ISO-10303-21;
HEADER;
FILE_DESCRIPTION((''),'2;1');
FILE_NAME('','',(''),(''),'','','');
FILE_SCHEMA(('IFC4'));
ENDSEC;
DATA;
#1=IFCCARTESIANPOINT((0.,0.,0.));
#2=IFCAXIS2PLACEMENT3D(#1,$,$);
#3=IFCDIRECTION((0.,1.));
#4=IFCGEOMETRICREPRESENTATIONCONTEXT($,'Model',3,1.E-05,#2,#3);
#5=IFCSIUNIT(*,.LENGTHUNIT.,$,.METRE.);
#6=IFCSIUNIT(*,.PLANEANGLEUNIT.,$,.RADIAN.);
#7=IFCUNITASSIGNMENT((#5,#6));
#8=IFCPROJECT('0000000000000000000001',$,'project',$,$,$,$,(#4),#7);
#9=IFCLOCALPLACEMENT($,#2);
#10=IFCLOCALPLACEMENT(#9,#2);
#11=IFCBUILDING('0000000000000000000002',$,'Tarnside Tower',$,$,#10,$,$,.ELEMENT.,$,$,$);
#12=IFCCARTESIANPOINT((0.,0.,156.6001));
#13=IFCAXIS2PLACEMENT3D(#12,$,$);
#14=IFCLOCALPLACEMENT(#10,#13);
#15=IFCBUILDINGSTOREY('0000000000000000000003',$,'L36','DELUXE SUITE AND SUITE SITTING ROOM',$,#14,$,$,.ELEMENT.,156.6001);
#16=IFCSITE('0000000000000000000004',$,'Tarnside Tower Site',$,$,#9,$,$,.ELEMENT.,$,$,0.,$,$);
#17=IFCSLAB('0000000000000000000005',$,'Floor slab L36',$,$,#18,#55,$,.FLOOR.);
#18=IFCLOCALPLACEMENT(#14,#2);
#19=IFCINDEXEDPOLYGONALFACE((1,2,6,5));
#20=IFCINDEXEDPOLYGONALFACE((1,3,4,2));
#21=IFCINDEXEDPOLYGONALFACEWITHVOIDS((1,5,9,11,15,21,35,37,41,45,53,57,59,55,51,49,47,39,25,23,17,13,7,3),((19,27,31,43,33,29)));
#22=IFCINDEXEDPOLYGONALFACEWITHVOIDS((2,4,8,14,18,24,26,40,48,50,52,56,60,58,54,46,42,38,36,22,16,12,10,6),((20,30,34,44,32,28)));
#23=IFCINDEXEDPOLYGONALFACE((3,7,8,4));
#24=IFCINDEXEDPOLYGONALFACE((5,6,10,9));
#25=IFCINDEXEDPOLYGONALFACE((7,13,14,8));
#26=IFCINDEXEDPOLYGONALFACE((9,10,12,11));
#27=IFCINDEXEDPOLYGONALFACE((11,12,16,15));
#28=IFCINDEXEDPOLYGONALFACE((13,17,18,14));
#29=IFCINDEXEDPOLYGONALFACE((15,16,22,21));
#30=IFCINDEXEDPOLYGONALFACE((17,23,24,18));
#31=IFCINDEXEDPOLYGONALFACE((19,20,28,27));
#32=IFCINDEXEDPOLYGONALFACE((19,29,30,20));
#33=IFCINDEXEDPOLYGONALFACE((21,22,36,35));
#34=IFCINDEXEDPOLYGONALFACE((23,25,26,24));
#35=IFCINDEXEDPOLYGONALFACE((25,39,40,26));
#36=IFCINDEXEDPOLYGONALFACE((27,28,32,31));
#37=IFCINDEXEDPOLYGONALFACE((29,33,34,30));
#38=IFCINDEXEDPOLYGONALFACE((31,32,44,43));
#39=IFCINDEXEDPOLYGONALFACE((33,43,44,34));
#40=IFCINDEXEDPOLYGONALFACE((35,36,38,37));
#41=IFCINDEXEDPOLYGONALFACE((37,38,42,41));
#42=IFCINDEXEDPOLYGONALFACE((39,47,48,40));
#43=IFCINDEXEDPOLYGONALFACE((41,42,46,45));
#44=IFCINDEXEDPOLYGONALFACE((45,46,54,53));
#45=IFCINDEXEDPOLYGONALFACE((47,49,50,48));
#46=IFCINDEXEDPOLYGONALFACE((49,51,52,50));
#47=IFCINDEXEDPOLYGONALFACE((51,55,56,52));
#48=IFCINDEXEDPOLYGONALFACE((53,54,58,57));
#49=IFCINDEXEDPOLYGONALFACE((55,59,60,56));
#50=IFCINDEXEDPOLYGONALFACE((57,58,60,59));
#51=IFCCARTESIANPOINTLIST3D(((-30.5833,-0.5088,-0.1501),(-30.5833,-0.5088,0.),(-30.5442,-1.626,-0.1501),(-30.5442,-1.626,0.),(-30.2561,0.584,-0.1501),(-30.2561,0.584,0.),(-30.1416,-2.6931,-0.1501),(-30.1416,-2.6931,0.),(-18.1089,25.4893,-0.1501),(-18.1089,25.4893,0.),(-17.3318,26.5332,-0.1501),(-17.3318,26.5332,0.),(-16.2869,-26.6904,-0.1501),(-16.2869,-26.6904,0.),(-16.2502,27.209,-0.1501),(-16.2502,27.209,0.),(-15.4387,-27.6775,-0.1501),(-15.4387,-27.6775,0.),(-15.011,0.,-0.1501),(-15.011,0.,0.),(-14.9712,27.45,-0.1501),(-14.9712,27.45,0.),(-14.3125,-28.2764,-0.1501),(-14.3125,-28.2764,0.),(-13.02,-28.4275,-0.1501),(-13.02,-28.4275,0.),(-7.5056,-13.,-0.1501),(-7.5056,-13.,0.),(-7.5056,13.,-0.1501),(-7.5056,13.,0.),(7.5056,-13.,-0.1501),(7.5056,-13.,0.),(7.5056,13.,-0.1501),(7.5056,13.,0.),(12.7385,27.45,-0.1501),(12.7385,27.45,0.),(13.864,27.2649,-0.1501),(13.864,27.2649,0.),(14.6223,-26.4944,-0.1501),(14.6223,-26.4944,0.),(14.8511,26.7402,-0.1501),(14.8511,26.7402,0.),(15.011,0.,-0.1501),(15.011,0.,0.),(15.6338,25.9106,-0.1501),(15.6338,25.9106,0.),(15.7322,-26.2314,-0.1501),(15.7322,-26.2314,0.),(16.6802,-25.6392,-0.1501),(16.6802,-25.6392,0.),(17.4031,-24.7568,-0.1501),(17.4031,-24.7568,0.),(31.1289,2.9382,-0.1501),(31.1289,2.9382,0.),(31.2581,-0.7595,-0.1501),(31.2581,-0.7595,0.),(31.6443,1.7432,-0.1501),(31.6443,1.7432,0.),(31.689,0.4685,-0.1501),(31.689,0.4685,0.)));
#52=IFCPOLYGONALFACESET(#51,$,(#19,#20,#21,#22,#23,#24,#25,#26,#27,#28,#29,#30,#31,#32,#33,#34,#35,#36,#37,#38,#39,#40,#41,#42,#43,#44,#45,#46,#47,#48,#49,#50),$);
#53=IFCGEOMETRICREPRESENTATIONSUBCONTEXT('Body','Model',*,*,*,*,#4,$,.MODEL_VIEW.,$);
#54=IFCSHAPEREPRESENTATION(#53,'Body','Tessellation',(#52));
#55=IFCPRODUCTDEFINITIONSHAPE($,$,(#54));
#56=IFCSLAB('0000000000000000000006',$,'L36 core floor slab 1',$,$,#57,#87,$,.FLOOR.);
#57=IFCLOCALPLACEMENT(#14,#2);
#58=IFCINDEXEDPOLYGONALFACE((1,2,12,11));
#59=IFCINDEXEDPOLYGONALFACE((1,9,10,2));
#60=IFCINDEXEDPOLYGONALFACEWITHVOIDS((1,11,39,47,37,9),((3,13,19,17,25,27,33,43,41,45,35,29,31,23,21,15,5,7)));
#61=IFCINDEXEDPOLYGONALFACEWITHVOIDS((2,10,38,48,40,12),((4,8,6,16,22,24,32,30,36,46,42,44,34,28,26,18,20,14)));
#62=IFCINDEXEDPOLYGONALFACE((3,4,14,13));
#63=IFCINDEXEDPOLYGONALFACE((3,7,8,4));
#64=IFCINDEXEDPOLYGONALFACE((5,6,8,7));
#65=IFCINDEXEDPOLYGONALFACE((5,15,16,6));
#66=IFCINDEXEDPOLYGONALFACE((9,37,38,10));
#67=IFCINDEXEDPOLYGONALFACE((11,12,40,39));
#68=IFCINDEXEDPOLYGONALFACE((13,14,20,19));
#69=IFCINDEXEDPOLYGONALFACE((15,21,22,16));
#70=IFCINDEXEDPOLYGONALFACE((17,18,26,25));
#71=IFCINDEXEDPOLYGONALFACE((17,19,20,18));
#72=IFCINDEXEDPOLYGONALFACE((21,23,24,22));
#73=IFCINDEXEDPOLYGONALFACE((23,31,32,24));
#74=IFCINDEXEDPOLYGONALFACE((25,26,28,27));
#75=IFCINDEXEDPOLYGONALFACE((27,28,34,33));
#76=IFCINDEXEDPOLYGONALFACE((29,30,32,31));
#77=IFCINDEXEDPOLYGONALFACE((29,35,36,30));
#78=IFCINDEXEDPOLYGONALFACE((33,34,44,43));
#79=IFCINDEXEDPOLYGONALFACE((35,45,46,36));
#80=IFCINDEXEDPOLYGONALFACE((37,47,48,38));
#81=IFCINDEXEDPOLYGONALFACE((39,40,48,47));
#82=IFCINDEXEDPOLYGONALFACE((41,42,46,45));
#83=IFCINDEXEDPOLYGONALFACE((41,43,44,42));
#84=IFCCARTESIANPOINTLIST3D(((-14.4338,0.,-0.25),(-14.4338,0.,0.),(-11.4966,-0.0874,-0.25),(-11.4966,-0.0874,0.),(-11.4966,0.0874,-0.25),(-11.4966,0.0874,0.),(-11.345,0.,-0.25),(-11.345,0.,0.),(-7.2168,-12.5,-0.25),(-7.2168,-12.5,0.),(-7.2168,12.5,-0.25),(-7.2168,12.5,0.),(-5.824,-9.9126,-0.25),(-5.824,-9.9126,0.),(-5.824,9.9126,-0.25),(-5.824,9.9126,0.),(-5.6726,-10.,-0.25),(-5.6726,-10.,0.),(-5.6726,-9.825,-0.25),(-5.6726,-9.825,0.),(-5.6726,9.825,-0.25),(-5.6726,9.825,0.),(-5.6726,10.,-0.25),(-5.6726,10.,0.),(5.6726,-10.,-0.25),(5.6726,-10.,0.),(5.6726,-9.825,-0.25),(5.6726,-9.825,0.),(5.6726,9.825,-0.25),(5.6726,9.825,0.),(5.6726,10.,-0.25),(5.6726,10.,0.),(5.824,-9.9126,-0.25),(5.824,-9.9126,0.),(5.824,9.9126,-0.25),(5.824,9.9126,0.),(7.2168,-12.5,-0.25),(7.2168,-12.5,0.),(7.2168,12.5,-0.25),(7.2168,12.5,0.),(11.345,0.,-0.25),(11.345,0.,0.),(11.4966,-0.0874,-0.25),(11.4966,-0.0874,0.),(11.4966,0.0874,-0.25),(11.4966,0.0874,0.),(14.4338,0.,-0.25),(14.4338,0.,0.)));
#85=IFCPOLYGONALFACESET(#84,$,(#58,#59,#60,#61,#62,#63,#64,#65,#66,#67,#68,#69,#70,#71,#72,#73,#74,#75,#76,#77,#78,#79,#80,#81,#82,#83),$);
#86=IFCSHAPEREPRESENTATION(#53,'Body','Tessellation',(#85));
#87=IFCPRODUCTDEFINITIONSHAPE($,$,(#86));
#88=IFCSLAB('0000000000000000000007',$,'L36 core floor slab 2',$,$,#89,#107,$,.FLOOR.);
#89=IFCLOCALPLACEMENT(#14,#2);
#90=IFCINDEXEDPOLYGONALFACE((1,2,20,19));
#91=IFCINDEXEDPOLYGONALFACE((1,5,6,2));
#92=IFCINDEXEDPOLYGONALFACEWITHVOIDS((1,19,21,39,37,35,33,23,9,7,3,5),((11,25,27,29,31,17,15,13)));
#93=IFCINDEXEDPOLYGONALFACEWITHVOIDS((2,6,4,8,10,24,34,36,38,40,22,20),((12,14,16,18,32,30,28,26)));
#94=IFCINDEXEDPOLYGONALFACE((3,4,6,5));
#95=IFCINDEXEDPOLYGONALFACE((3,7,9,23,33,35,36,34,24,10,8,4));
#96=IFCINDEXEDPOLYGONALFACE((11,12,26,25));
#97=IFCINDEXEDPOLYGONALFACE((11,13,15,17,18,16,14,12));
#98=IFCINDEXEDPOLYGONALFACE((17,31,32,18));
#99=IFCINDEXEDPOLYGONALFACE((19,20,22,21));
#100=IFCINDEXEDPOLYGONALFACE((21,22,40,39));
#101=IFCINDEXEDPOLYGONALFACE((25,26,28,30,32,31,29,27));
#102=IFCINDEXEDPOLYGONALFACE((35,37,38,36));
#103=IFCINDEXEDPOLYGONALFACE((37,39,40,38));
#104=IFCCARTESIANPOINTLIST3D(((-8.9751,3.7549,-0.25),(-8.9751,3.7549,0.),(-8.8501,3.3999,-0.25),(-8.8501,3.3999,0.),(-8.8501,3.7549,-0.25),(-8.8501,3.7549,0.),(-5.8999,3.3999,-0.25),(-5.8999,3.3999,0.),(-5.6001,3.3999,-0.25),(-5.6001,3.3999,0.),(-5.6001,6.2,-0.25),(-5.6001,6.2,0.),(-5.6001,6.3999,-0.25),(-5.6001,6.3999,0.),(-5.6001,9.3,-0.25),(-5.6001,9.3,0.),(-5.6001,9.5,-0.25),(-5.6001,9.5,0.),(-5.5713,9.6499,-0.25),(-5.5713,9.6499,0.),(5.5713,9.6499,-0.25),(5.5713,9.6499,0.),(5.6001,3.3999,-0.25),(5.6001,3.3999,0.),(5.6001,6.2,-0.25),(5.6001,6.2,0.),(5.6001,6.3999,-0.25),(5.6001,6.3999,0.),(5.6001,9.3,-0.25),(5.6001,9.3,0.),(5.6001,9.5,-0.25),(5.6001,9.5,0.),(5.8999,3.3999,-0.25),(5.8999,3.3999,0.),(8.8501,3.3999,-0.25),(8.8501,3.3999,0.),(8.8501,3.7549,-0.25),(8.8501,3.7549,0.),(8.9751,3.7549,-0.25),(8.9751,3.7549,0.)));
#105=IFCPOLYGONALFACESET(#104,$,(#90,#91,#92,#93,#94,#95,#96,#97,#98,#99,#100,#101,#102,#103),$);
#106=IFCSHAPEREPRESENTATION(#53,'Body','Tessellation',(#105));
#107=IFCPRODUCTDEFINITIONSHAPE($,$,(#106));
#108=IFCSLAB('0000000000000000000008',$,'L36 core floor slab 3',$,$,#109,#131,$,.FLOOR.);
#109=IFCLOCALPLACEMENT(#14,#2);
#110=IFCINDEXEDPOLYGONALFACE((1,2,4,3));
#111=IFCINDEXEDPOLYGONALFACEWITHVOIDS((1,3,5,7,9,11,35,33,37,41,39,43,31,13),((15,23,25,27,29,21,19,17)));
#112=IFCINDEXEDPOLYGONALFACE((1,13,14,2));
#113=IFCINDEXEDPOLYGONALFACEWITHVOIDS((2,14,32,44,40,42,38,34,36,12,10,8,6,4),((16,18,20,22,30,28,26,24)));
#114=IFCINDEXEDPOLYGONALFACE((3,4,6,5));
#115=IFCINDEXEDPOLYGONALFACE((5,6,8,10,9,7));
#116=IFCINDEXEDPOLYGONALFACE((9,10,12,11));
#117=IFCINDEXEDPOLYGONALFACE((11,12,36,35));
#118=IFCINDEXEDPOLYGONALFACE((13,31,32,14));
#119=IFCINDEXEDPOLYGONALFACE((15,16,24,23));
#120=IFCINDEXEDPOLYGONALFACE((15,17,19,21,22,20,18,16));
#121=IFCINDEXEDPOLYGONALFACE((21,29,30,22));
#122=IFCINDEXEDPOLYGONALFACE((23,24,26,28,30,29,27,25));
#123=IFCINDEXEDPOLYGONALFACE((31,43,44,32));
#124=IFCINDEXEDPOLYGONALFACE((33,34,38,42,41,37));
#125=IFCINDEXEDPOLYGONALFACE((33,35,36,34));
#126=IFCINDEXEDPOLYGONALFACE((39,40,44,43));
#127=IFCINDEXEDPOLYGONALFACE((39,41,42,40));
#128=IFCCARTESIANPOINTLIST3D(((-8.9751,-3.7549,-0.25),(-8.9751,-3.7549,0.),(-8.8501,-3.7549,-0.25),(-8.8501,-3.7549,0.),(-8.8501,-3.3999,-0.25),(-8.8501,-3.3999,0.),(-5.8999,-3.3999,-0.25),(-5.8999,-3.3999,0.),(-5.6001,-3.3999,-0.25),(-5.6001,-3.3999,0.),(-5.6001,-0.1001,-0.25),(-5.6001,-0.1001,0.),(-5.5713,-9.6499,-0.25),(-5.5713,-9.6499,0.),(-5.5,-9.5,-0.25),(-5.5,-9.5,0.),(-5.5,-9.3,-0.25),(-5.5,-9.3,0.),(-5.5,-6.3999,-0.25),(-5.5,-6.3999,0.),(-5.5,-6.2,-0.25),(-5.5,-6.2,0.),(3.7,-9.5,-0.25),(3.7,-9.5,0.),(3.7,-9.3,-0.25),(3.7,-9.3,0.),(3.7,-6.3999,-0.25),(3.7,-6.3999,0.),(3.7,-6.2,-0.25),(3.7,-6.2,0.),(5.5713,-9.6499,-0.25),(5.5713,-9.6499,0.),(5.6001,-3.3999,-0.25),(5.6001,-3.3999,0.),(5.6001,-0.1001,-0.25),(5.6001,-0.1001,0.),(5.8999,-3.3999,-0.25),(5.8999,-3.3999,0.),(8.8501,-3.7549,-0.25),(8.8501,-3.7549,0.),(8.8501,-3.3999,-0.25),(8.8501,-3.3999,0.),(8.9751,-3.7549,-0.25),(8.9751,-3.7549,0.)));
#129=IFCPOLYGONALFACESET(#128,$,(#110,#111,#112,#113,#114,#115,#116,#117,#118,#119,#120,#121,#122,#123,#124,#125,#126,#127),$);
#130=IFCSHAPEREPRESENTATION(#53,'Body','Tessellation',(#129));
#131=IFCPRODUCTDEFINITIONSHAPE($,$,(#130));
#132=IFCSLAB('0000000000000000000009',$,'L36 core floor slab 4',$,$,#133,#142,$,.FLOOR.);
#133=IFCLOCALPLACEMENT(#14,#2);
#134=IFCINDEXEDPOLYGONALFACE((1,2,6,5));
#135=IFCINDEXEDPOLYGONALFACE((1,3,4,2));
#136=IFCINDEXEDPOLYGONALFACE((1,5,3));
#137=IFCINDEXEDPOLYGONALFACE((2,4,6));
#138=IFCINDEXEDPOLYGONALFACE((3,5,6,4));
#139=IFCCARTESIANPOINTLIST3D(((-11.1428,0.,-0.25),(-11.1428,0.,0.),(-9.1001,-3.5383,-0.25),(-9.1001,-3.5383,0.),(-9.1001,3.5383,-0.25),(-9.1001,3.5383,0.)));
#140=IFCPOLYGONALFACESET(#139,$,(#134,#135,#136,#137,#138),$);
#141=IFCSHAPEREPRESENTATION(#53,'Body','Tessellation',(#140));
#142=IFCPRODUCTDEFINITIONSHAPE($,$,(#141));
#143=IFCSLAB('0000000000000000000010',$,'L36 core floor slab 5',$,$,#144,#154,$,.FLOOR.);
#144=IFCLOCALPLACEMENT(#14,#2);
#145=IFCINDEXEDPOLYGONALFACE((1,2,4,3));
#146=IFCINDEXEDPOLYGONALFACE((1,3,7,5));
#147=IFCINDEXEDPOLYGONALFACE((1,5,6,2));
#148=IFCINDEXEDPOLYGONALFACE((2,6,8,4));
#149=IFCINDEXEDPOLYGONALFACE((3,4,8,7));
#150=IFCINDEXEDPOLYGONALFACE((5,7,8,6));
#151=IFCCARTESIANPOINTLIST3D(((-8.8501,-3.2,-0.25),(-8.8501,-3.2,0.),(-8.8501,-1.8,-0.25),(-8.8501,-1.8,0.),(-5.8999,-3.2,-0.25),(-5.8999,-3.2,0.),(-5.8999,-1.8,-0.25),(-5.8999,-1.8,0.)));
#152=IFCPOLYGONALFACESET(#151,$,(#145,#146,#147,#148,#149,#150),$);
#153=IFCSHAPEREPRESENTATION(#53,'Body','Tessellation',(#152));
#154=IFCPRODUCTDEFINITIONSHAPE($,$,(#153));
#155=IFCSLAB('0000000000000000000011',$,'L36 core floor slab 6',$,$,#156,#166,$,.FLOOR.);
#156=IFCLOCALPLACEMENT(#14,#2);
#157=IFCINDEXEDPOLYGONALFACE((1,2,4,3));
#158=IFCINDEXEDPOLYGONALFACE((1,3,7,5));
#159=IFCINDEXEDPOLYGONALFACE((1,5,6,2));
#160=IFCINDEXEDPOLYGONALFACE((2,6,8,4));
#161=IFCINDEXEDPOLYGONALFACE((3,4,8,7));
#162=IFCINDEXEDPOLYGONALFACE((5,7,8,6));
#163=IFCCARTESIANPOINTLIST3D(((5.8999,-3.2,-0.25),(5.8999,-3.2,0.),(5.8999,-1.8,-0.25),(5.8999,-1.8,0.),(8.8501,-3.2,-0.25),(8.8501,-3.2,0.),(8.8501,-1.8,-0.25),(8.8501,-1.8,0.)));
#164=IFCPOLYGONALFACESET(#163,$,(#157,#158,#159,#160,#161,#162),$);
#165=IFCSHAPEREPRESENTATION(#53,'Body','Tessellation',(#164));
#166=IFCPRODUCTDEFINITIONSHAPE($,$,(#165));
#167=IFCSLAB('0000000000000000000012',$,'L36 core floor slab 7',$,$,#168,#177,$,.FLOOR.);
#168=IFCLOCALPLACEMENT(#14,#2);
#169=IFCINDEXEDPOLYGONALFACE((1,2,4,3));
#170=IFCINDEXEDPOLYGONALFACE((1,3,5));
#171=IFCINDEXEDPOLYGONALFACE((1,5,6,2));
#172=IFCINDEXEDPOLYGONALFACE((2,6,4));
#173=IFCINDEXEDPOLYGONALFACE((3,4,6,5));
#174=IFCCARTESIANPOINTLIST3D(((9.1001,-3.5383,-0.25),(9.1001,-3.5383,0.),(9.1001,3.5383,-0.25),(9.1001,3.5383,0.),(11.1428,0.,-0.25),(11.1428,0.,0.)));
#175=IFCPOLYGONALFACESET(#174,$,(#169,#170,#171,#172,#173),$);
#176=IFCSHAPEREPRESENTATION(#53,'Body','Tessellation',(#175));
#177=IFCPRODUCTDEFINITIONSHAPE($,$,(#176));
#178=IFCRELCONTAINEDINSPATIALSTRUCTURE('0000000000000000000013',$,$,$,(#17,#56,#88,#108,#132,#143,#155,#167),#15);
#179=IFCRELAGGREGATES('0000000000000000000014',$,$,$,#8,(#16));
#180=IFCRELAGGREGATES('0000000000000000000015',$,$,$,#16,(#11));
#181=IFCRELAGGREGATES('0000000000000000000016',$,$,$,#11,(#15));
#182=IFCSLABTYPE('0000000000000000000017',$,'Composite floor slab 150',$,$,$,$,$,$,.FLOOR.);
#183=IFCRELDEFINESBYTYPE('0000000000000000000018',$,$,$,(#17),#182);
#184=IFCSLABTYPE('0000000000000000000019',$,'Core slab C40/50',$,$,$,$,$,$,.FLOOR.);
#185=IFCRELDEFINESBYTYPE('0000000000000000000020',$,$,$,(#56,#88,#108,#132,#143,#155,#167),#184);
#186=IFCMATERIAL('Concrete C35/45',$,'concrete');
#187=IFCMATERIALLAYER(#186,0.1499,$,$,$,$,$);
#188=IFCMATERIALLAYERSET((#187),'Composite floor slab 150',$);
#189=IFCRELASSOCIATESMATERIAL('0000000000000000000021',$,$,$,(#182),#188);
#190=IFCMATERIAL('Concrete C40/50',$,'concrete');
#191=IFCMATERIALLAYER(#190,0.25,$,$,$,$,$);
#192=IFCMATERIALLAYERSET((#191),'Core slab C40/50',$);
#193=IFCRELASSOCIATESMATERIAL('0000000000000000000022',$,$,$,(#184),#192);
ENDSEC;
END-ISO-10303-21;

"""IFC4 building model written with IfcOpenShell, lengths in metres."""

from ifc_helpers import new_model, si_unit, direction, frame, origin, place, context, subcontext, project, spatial, polyline, outline, extrude, material, layer, layer_set, type_object, element, save


model = new_model("IFC4")

# Units and contexts
model_context = context("Model", 3, precision=1e-05, world=origin(), true_north=direction((0.0, 1.0)))
body_context = subcontext(model_context, "Body", "Model", "MODEL_VIEW")
ifc_project = project(units=[si_unit("LENGTHUNIT", "METRE"), si_unit("PLANEANGLEUNIT", "RADIAN")], contexts=[model_context])

# Site, building, storey
site_placement = place(None, origin())
site = spatial("IfcSite", under=ifc_project, at=site_placement, Name="Tarnside Tower Site", CompositionType="ELEMENT", RefElevation=0.0)
building_placement = place(site_placement, origin())
building = spatial("IfcBuilding", under=site, at=building_placement, Name="Tarnside Tower", CompositionType="ELEMENT")
storey_placement = place(building_placement, frame((0.0, 0.0, 156.6001)))
storey = spatial("IfcBuildingStorey", under=building, at=storey_placement, Name="L36", Description="DELUXE SUITE AND SUITE SITTING ROOM", CompositionType="ELEMENT", Elevation=156.6001)

# Slabs
ifc_material_1 = material(Name="Concrete C35/45", Category="concrete")
ifc_layer_1 = layer(ifc_material_1, 0.1499)
ifc_layer_set_1 = layer_set([ifc_layer_1], Name="Composite floor slab 150")
slab_type_1 = type_object("IfcSlabType", Name="Composite floor slab 150", PredefinedType="FLOOR", material=ifc_layer_set_1)
slab_1_placement = place(storey_placement, frame((0.0, 0.0, -0.1501)))
element("IfcSlab", 1, at=slab_1_placement, inside=storey, type_object=slab_type_1, Name="Floor slab L36", PredefinedType="FLOOR", context=body_context, shape_type="SweptSolid", body=[
    extrude(outline(polyline([(13.864, 27.2649), (14.8511, 26.7402), (15.6338, 25.9106), (31.1289, 2.9382), (31.6443, 1.7432), (31.689, 0.4685), (31.2581, -0.7595), (17.4031, -24.7568), (16.6802, -25.6392), (15.7322, -26.2314), (14.6223, -26.4944), (-13.02, -28.4275), (-14.3125, -28.2764), (-15.4387, -27.6775), (-16.2869, -26.6904), (-30.1416, -2.6931), (-30.5442, -1.626), (-30.5833, -0.5088), (-30.2561, 0.584), (-18.1089, 25.4893), (-17.3318, 26.5332), (-16.2502, 27.209), (-14.9712, 27.45), (12.7385, 27.45), (13.864, 27.2649)]), holes=[polyline([(-15.011, 0.0), (-7.5056, -13.0), (7.5056, -13.0), (15.011, 0.0), (7.5056, 13.0), (-7.5056, 13.0), (-15.011, 0.0)])]), origin(), (0.0, 0.0, 1.0), 0.1501),
])
ifc_material_2 = material(Name="Concrete C40/50", Category="concrete")
ifc_layer_2 = layer(ifc_material_2, 0.25)
ifc_layer_set_2 = layer_set([ifc_layer_2], Name="Core slab C40/50")
slab_type_2 = type_object("IfcSlabType", Name="Core slab C40/50", PredefinedType="FLOOR", material=ifc_layer_set_2)
slab_2_placement = place(storey_placement, frame((0.0, 0.0, -0.25)))
element("IfcSlab", 2, at=slab_2_placement, inside=storey, type_object=slab_type_2, Name="L36 core floor slab 1", PredefinedType="FLOOR", context=body_context, shape_type="SweptSolid", body=[
    extrude(outline(polyline([(-7.2168, 12.5), (7.2168, 12.5), (14.4338, 0.0), (7.2168, -12.5), (-7.2168, -12.5), (-14.4338, 0.0), (-7.2168, 12.5)]), holes=[polyline([(5.824, -9.9126), (11.4966, -0.0874), (11.345, 0.0), (11.4966, 0.0874), (5.824, 9.9126), (5.6726, 9.825), (5.6726, 10.0), (-5.6726, 10.0), (-5.6726, 9.825), (-5.824, 9.9126), (-11.4966, 0.0874), (-11.345, 0.0), (-11.4966, -0.0874), (-5.824, -9.9126), (-5.6726, -9.825), (-5.6726, -10.0), (5.6726, -10.0), (5.6726, -9.825), (5.824, -9.9126)])]), origin(), (0.0, 0.0, 1.0), 0.25),
])
slab_3_placement = place(storey_placement, frame((0.0, 0.0, -0.25)))
element("IfcSlab", 3, at=slab_3_placement, inside=storey, type_object=slab_type_2, Name="L36 core floor slab 2", PredefinedType="FLOOR", context=body_context, shape_type="SweptSolid", body=[
    extrude(outline(polyline([(-8.9751, 3.7549), (-5.5713, 9.6499), (5.5713, 9.6499), (8.9751, 3.7549), (8.8501, 3.7549), (8.8501, 3.3999), (5.8999, 3.3999), (5.6001, 3.3999), (5.6001, 3.3999), (-5.6001, 3.3999), (-5.8999, 3.3999), (-8.8501, 3.3999), (-8.8501, 3.7549), (-8.9751, 3.7549)]), holes=[polyline([(-5.6001, 6.2), (5.6001, 6.2), (5.6001, 6.3999), (5.6001, 9.3), (5.6001, 9.5), (-5.6001, 9.5), (-5.6001, 9.3), (-5.6001, 6.3999), (-5.6001, 6.2)])]), origin(), (0.0, 0.0, 1.0), 0.25),
])
slab_4_placement = place(storey_placement, frame((0.0, 0.0, -0.25)))
element("IfcSlab", 4, at=slab_4_placement, inside=storey, type_object=slab_type_2, Name="L36 core floor slab 3", PredefinedType="FLOOR", context=body_context, shape_type="SweptSolid", body=[
    extrude(outline(polyline([(5.6001, -3.3999), (5.8999, -3.3999), (8.8501, -3.3999), (8.8501, -3.7549), (8.9751, -3.7549), (5.5713, -9.6499), (-5.5713, -9.6499), (-8.9751, -3.7549), (-8.8501, -3.7549), (-8.8501, -3.3999), (-5.8999, -3.3999), (-5.6001, -3.3999), (-5.6001, -0.1001), (5.6001, -0.1001), (5.6001, -3.3999)]), holes=[polyline([(-5.5, -9.3), (-5.5, -9.5), (3.7, -9.5), (3.7, -9.3), (3.7, -6.3999), (3.7, -6.2), (-5.5, -6.2), (-5.5, -6.3999), (-5.5, -9.3)])]), origin(), (0.0, 0.0, 1.0), 0.25),
])
slab_5_placement = place(storey_placement, frame((0.0, 0.0, -0.25)))
element("IfcSlab", 5, at=slab_5_placement, inside=storey, type_object=slab_type_2, Name="L36 core floor slab 4", PredefinedType="FLOOR", context=body_context, shape_type="SweptSolid", body=[
    extrude(outline(polyline([(-11.1428, 0.0), (-9.1001, 3.5383), (-9.1001, -3.5383), (-11.1428, 0.0)])), origin(), (0.0, 0.0, 1.0), 0.25),
])
slab_6_placement = place(storey_placement, frame((0.0, 0.0, -0.25)))
element("IfcSlab", 6, at=slab_6_placement, inside=storey, type_object=slab_type_2, Name="L36 core floor slab 5", PredefinedType="FLOOR", context=body_context, shape_type="SweptSolid", body=[
    extrude(outline(polyline([(-8.8501, -1.8), (-5.8999, -1.8), (-5.8999, -3.2), (-8.8501, -3.2), (-8.8501, -1.8)])), origin(), (0.0, 0.0, 1.0), 0.25),
])
slab_7_placement = place(storey_placement, frame((0.0, 0.0, -0.25)))
element("IfcSlab", 7, at=slab_7_placement, inside=storey, type_object=slab_type_2, Name="L36 core floor slab 6", PredefinedType="FLOOR", context=body_context, shape_type="SweptSolid", body=[
    extrude(outline(polyline([(5.8999, -3.2), (5.8999, -1.8), (8.8501, -1.8), (8.8501, -3.2), (5.8999, -3.2)])), origin(), (0.0, 0.0, 1.0), 0.25),
])
slab_8_placement = place(storey_placement, frame((0.0, 0.0, -0.25)))
element("IfcSlab", 8, at=slab_8_placement, inside=storey, type_object=slab_type_2, Name="L36 core floor slab 7", PredefinedType="FLOOR", context=body_context, shape_type="SweptSolid", body=[
    extrude(outline(polyline([(9.1001, -3.5383), (9.1001, 3.5383), (11.1428, 0.0), (9.1001, -3.5383)])), origin(), (0.0, 0.0, 1.0), 0.25),
])

save(model, "model.ifc")
